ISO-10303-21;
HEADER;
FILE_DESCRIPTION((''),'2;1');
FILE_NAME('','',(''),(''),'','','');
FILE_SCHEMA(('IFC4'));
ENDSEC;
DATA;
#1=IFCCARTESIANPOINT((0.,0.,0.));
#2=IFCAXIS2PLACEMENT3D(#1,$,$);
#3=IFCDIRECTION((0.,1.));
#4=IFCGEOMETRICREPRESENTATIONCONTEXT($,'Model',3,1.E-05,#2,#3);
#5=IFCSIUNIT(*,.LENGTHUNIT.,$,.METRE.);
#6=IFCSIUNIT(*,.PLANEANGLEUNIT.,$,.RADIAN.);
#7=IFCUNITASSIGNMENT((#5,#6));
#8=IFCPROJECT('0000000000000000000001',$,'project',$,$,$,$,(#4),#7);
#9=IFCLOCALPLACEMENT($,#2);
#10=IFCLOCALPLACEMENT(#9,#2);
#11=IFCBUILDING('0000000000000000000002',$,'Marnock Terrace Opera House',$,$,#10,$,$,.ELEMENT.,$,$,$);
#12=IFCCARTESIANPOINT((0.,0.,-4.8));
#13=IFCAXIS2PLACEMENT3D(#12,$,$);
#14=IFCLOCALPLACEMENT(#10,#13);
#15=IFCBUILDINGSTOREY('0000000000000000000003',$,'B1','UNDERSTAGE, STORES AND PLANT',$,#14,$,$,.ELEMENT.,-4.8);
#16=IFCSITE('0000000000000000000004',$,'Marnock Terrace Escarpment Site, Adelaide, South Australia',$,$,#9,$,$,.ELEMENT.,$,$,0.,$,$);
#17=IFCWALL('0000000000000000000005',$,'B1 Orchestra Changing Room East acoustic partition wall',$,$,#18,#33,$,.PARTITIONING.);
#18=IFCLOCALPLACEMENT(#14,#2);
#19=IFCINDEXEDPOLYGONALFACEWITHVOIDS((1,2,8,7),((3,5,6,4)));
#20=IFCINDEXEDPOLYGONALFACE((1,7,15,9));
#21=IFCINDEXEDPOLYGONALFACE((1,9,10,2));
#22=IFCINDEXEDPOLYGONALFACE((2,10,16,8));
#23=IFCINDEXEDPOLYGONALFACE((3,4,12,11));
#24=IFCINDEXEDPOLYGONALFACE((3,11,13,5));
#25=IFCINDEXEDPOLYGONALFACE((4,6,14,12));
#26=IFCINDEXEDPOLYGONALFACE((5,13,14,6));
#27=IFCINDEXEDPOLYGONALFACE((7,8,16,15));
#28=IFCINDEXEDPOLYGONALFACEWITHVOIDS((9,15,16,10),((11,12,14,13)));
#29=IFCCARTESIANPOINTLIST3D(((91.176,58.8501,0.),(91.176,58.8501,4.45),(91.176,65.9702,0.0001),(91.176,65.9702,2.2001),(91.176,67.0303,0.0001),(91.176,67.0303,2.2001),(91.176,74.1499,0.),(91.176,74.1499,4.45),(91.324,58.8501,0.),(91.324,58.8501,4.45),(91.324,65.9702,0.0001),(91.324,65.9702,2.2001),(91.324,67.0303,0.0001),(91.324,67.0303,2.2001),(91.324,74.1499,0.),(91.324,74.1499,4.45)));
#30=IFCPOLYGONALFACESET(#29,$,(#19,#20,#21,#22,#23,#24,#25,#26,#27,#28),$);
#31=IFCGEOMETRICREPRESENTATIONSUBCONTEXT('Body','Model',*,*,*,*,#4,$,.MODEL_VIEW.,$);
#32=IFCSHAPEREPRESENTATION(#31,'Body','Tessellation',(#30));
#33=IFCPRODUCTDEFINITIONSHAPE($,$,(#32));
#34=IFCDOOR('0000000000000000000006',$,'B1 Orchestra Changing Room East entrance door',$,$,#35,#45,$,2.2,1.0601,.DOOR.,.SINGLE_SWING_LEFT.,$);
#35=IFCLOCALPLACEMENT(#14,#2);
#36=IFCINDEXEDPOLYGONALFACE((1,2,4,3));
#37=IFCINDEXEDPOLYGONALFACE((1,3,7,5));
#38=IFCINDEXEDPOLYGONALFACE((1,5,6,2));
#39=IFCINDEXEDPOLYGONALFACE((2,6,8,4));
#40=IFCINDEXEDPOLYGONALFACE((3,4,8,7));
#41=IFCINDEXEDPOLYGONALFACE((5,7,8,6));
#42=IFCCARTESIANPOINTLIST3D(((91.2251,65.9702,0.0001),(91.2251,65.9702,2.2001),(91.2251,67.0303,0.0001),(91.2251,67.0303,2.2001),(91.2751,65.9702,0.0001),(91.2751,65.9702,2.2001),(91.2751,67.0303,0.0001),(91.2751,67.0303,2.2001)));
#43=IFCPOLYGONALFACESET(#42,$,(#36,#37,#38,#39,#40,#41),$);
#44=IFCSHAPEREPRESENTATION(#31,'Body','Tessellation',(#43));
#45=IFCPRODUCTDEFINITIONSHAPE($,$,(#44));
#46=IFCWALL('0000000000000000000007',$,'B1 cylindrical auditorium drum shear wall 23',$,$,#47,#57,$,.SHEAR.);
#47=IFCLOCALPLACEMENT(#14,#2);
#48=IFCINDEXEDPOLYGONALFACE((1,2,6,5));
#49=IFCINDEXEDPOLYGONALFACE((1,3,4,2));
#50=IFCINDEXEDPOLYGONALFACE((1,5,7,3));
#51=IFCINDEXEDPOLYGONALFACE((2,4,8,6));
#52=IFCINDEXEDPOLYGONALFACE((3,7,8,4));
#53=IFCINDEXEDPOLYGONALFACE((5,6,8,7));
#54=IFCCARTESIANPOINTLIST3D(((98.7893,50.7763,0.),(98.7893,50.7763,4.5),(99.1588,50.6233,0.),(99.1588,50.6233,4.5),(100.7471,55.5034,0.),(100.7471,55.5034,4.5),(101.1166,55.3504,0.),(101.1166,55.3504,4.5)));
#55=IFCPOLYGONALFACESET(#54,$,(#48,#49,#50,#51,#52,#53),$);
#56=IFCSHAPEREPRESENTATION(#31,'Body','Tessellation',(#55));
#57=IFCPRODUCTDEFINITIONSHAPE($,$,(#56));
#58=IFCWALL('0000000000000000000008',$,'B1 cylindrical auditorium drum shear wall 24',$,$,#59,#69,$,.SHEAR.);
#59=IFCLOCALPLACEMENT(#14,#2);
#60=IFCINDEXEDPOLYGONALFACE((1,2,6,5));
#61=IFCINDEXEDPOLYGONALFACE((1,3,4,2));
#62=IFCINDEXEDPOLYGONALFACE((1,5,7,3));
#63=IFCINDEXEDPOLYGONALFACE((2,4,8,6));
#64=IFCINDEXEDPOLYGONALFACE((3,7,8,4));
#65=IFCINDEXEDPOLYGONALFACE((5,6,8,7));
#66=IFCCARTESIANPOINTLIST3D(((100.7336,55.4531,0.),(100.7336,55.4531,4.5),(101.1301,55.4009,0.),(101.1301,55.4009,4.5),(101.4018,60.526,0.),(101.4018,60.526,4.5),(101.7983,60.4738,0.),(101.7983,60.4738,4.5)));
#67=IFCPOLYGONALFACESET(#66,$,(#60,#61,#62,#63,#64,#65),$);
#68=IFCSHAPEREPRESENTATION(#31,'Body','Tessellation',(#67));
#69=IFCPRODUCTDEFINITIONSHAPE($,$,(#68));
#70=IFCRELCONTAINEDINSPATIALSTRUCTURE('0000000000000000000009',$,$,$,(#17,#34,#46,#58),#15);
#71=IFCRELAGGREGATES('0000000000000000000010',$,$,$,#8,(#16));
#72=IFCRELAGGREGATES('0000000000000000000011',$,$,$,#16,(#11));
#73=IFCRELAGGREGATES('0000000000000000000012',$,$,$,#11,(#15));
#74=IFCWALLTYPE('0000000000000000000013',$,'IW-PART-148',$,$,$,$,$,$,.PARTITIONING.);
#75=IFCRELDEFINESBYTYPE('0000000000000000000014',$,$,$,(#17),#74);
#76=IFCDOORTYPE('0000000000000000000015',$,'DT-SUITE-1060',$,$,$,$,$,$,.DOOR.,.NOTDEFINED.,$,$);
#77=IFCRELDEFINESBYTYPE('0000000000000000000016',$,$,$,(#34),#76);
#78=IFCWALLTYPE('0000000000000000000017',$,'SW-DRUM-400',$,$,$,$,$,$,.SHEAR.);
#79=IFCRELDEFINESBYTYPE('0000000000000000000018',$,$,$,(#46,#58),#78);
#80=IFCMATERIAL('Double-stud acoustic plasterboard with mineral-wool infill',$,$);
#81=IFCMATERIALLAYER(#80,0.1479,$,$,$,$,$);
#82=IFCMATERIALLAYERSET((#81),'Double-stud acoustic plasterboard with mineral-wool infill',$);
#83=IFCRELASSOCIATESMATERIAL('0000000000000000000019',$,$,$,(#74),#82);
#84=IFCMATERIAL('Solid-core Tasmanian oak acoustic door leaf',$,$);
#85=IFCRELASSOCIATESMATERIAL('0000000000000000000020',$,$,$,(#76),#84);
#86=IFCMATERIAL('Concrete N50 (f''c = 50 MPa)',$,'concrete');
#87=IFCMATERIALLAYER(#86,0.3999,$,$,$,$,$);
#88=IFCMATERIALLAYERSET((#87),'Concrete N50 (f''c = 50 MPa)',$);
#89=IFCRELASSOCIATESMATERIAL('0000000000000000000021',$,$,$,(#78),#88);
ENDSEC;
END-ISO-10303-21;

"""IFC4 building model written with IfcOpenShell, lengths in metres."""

from ifc_helpers import new_model, si_unit, direction, frame, frame_2d, origin, place, context, subcontext, project, spatial, rectangle, extrude, material, layer, layer_set, type_object, element, fill, save


model = new_model("IFC4")

# Units and contexts
model_context = context("Model", 3, precision=1e-05, world=origin(), true_north=direction((0.0, 1.0)))
body_context = subcontext(model_context, "Body", "Model", "MODEL_VIEW")
ifc_project = project(units=[si_unit("LENGTHUNIT", "METRE"), si_unit("PLANEANGLEUNIT", "RADIAN")], contexts=[model_context])

# Site, building, storey
site_placement = place(None, origin())
site = spatial("IfcSite", under=ifc_project, at=site_placement, Name="Marnock Terrace Escarpment Site, Adelaide, South Australia", CompositionType="ELEMENT", RefElevation=0.0)
building_placement = place(site_placement, origin())
building = spatial("IfcBuilding", under=site, at=building_placement, Name="Marnock Terrace Opera House", CompositionType="ELEMENT")
storey_placement = place(building_placement, frame((0.0, 0.0, -4.8)))
storey = spatial("IfcBuildingStorey", under=building, at=storey_placement, Name="B1", Description="UNDERSTAGE, STORES AND PLANT", CompositionType="ELEMENT", Elevation=-4.8)

# Shared definitions
ifc_material_1 = material(Name="Concrete N50 (f'c = 50 MPa)", Category="concrete")

# Wall, opening, door
ifc_material_2 = material(Name="Double-stud acoustic plasterboard with mineral-wool infill")
ifc_layer_1 = layer(ifc_material_2, 0.1479)
ifc_layer_set_1 = layer_set([ifc_layer_1], Name="Double-stud acoustic plasterboard with mineral-wool infill")
wall_type_1 = type_object("IfcWallType", Name="IW-PART-148", PredefinedType="PARTITIONING", material=ifc_layer_set_1)
wall_1_placement = place(storey_placement, frame((91.25, 58.8501, 0.0), z_axis=(0.0, 0.0, 1.0), x_axis=(0.0, 1.0, 0.0)))
wall_1 = element("IfcWall", 1, at=wall_1_placement, inside=storey, type_object=wall_type_1, Name="B1 Orchestra Changing Room East acoustic partition wall", PredefinedType="PARTITIONING", context=body_context, shape_type="SweptSolid", body=[
    extrude(rectangle(XDim=15.2998, YDim=0.1479, at=frame_2d((7.6499, 0.0))), origin(), (0.0, 0.0, 1.0), 4.45),
])
opening_placement = place(wall_1_placement, frame((7.1201, 0.0, 0.0)))
opening = element("IfcOpeningElement", 2, at=opening_placement, cuts=wall_1, PredefinedType="OPENING", context=body_context, shape_type="SweptSolid", body=[
    extrude(rectangle(XDim=1.0601, YDim=2.2, at=frame_2d((0.53, 1.1001))), frame((0.0, 0.084, 0.0), z_axis=(0.0, -1.0, 0.0), x_axis=(1.0, 0.0, 0.0)), (0.0, 0.0, 1.0), 0.168),
])
ifc_material_3 = material(Name="Solid-core Tasmanian oak acoustic door leaf")
door_type = type_object("IfcDoorType", Name="DT-SUITE-1060", OperationType="NOTDEFINED", PredefinedType="DOOR", material=ifc_material_3)
door_placement = place(opening_placement, origin())
door = element("IfcDoor", 3, at=door_placement, inside=storey, type_object=door_type, Name="B1 Orchestra Changing Room East entrance door", OperationType="SINGLE_SWING_LEFT", OverallHeight=2.2, OverallWidth=1.0601, PredefinedType="DOOR", context=body_context, shape_type="SweptSolid", body=[
    extrude(rectangle(XDim=1.0601, YDim=2.2, at=frame_2d((0.53, 1.1001))), frame((0.0, 0.0249, 0.0), z_axis=(0.0, -1.0, 0.0), x_axis=(1.0, 0.0, 0.0)), (0.0, 0.0, 1.0), 0.05),
])
fill(opening, door)

# Walls
ifc_layer_2 = layer(ifc_material_1, 0.3999)
ifc_layer_set_2 = layer_set([ifc_layer_2], Name="Concrete N50 (f'c = 50 MPa)")
wall_type_2 = type_object("IfcWallType", Name="SW-DRUM-400", PredefinedType="SHEAR", material=ifc_layer_set_2)
wall_2_placement = place(storey_placement, frame((98.9741, 50.7, 0.0), z_axis=(0.0, 0.0, 1.0), x_axis=(0.382643, 0.923896, 0.0)))
element("IfcWall", 4, at=wall_2_placement, inside=storey, type_object=wall_type_2, Name="B1 cylindrical auditorium drum shear wall 23", PredefinedType="SHEAR", context=body_context, shape_type="SweptSolid", body=[
    extrude(rectangle(XDim=5.1165, YDim=0.3999, at=frame_2d((2.5581, 0.0))), origin(), (0.0, 0.0, 1.0), 4.5),
])
wall_3_placement = place(storey_placement, frame((100.9319, 55.427, 0.0), z_axis=(0.0, 0.0, 1.0), x_axis=(0.130592, 0.991436, 0.0)))
element("IfcWall", 5, at=wall_3_placement, inside=storey, type_object=wall_type_2, Name="B1 cylindrical auditorium drum shear wall 24", PredefinedType="SHEAR", context=body_context, shape_type="SweptSolid", body=[
    extrude(rectangle(XDim=5.1167, YDim=0.3999, at=frame_2d((2.5583, 0.0))), origin(), (0.0, 0.0, 1.0), 4.5),
])

save(model, "model.ifc")
